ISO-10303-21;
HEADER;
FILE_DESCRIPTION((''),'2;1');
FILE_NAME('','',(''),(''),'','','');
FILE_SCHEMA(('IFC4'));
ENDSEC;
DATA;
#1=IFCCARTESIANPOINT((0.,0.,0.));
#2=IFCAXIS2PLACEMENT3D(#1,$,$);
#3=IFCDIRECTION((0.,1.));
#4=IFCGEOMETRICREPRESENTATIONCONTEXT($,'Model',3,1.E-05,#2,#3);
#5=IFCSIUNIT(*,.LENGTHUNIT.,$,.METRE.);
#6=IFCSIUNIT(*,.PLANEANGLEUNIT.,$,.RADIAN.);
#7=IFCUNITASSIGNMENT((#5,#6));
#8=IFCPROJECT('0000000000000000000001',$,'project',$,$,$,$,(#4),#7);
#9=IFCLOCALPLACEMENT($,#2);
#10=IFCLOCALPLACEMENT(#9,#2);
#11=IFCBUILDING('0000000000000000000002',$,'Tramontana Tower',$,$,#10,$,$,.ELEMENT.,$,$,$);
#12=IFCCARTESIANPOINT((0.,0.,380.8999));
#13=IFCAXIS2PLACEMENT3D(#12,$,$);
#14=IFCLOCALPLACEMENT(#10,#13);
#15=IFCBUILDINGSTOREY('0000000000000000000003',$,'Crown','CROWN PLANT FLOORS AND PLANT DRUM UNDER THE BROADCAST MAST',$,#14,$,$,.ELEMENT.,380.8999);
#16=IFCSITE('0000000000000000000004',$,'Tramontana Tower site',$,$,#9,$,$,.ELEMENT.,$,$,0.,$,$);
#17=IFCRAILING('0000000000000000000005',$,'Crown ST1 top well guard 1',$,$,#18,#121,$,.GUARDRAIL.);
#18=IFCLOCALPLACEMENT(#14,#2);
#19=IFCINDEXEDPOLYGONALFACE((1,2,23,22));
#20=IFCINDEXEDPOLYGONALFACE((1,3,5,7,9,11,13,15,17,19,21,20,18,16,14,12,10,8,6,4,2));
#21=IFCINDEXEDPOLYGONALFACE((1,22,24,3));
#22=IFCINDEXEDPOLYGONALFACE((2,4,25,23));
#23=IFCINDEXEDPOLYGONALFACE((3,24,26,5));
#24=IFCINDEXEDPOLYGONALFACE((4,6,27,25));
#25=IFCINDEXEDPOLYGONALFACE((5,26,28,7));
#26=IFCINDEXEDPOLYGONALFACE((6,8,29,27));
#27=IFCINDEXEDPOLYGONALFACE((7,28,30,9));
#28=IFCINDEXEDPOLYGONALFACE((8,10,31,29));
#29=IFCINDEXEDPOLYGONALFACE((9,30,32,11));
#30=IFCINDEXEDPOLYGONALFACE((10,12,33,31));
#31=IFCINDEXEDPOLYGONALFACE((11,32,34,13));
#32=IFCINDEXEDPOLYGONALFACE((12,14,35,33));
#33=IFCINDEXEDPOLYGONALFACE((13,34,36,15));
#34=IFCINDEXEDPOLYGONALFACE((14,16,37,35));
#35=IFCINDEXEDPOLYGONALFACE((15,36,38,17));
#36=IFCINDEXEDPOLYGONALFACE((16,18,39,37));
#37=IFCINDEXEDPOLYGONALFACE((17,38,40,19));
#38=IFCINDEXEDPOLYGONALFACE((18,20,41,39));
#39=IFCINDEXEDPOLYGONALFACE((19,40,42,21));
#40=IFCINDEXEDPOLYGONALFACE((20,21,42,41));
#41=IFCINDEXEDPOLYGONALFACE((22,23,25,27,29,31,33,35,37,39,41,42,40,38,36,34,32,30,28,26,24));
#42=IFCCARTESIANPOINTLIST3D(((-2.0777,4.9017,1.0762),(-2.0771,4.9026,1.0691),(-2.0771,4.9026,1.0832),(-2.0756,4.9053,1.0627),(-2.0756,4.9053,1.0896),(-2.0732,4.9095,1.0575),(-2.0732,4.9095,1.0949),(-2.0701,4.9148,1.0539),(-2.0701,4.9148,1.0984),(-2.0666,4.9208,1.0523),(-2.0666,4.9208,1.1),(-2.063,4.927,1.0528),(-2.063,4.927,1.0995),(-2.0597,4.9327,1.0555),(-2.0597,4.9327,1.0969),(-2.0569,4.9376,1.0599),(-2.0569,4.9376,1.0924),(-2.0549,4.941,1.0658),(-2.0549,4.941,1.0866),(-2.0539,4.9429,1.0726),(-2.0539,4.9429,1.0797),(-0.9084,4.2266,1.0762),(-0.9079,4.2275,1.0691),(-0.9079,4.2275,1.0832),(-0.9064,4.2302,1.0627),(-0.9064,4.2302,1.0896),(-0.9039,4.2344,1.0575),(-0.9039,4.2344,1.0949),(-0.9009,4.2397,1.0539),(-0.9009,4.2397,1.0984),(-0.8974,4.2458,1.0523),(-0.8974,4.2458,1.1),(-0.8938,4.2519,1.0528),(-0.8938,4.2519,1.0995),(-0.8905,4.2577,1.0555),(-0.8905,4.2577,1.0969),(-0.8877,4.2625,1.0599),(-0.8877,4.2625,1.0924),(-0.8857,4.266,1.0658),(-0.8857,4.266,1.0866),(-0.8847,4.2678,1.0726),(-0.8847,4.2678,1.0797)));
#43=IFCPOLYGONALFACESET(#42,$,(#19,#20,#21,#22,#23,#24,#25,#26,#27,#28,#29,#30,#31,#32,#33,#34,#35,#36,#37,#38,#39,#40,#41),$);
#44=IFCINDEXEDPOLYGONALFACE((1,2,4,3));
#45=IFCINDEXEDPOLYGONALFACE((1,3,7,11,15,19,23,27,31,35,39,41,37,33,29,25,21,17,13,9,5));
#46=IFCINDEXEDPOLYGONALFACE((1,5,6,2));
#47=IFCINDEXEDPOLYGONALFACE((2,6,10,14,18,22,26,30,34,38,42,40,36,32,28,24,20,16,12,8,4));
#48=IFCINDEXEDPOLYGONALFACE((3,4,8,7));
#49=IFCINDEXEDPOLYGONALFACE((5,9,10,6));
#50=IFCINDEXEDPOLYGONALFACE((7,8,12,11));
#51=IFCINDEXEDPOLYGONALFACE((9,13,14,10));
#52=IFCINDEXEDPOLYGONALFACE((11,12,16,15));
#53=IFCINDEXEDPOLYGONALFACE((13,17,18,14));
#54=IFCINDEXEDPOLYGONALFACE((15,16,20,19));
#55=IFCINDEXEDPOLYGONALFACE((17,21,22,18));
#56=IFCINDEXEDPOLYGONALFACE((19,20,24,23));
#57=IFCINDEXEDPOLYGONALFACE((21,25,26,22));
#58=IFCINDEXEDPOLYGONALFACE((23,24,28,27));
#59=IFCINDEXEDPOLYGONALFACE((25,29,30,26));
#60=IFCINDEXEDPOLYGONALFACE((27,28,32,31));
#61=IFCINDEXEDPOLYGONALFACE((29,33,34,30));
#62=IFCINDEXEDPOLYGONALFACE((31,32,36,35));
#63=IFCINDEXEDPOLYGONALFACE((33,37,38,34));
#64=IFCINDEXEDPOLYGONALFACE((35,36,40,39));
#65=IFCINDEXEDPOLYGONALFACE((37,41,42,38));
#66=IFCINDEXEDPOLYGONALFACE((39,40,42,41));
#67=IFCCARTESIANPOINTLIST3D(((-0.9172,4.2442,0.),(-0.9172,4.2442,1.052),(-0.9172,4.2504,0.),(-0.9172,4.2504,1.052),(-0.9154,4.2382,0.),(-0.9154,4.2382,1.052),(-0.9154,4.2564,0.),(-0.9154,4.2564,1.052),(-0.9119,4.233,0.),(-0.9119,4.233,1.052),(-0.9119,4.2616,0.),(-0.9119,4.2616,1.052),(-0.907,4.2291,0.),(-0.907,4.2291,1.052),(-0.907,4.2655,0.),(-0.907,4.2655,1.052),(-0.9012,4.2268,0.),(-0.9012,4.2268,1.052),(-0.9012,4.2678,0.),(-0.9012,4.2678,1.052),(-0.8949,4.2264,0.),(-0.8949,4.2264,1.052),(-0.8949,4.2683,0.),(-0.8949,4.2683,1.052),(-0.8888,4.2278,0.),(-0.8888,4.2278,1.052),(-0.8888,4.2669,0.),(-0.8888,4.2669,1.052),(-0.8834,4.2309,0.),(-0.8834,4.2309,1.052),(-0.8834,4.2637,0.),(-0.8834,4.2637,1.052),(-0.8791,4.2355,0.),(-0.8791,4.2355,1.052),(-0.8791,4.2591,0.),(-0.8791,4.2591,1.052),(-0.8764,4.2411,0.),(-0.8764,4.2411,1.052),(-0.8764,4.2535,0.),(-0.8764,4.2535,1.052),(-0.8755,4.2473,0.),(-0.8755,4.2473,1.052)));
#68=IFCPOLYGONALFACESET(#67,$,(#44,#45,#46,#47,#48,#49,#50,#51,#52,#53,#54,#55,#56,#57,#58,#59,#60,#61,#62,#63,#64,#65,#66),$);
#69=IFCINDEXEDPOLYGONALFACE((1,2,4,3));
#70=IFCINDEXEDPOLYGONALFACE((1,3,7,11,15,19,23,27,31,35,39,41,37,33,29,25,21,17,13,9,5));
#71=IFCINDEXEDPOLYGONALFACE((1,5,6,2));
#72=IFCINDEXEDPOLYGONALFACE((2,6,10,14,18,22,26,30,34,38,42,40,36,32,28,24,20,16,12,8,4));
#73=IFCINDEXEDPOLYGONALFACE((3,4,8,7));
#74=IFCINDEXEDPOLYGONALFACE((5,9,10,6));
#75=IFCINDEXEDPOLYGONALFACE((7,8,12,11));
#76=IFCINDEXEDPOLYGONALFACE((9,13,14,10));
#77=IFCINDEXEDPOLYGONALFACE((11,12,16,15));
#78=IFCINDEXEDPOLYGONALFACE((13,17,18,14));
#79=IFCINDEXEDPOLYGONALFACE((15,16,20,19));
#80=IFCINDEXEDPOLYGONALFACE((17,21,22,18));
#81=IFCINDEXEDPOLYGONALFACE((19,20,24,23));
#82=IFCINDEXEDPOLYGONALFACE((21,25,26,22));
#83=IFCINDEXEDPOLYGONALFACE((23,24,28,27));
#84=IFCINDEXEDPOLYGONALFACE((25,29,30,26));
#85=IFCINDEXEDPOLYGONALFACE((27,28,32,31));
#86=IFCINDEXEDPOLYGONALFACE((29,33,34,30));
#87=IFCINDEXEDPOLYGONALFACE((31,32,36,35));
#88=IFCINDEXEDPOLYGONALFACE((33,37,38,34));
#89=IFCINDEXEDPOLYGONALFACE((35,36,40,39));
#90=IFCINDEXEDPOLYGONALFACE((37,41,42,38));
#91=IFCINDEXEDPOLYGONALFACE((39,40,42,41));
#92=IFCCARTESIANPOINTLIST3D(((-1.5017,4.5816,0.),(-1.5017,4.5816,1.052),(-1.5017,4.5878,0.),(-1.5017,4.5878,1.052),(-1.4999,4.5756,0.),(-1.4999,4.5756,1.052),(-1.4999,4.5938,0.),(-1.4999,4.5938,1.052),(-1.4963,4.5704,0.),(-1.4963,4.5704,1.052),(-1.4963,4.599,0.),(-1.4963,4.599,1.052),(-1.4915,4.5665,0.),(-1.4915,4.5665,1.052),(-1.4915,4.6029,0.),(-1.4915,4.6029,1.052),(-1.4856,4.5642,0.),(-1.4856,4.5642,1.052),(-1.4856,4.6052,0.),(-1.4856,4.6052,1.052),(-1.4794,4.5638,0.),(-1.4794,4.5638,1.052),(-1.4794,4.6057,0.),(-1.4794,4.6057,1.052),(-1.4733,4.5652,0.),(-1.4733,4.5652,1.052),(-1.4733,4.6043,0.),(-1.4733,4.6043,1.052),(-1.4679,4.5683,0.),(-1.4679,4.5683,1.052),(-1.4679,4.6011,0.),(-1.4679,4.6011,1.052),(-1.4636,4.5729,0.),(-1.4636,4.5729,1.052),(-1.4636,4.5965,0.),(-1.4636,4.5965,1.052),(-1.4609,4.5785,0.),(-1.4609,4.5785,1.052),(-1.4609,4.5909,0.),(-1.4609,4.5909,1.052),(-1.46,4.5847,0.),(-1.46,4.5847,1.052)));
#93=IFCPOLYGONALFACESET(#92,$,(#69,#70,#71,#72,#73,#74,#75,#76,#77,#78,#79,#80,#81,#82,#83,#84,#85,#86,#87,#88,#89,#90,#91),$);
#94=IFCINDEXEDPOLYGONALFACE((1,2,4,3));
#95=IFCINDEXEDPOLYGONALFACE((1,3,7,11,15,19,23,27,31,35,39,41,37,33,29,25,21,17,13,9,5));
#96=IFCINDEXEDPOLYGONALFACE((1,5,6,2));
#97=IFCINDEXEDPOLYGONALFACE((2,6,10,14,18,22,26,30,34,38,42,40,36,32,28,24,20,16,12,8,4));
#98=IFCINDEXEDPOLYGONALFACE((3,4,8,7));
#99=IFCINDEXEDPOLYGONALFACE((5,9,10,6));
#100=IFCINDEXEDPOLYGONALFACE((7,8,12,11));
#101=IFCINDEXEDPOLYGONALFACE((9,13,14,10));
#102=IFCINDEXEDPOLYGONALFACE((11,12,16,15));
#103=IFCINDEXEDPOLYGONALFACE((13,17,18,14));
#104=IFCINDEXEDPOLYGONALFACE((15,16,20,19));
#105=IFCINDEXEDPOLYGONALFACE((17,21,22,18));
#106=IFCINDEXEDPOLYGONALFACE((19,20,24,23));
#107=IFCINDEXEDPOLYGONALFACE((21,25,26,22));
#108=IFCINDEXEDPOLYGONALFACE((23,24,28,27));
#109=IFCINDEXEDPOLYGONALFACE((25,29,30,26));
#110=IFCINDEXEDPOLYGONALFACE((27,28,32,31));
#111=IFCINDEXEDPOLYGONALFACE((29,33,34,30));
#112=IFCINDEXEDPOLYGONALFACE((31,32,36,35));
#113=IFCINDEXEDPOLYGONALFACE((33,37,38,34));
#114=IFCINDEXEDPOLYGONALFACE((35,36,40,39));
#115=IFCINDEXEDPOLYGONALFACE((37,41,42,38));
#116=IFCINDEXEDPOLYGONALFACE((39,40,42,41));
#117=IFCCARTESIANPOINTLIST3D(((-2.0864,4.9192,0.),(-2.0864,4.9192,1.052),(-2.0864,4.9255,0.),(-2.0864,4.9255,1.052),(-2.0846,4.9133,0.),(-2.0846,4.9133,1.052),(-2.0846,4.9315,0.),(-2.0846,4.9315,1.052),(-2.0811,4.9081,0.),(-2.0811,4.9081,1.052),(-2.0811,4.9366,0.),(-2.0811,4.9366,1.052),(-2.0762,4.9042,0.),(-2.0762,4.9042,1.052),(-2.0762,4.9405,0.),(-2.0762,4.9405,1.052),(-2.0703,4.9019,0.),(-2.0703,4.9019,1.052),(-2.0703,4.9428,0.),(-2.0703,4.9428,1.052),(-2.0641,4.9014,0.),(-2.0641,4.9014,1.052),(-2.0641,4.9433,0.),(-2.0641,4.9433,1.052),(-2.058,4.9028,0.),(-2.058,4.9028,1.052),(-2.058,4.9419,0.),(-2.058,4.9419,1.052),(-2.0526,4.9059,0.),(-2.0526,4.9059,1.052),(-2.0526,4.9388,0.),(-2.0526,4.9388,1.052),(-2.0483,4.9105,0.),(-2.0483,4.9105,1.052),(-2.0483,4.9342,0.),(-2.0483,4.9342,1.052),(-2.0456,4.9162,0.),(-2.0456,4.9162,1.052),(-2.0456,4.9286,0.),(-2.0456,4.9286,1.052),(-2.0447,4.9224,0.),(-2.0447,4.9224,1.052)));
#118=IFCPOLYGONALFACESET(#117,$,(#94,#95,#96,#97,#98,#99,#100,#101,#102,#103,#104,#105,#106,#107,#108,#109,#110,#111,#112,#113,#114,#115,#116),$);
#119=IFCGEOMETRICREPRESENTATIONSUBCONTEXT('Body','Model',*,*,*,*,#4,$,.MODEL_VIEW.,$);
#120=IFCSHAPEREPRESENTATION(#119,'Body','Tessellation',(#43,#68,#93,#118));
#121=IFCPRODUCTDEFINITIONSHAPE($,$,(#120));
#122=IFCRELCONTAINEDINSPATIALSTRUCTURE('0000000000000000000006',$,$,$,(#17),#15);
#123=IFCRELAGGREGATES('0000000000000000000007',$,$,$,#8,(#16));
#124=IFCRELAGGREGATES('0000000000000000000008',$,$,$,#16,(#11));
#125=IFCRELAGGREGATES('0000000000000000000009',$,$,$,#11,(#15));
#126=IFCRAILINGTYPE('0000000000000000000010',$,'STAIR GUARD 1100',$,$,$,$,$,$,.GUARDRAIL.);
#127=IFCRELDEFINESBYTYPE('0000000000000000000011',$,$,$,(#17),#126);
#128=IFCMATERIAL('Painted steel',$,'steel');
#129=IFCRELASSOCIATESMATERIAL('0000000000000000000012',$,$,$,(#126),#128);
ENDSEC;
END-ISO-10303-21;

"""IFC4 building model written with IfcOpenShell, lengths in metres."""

from ifc_helpers import new_model, si_unit, direction, frame, origin, origin_2d, place, context, subcontext, project, spatial, circle, extrude, material, type_object, element, save


model = new_model("IFC4")

# Units and contexts
model_context = context("Model", 3, precision=1e-05, world=origin(), true_north=direction((0.0, 1.0)))
body_context = subcontext(model_context, "Body", "Model", "MODEL_VIEW")
ifc_project = project(units=[si_unit("LENGTHUNIT", "METRE"), si_unit("PLANEANGLEUNIT", "RADIAN")], contexts=[model_context])

# Site, building, storey
site_placement = place(None, origin())
site = spatial("IfcSite", under=ifc_project, at=site_placement, Name="Tramontana Tower site", CompositionType="ELEMENT", RefElevation=0.0)
building_placement = place(site_placement, origin())
building = spatial("IfcBuilding", under=site, at=building_placement, Name="Tramontana Tower", CompositionType="ELEMENT")
storey_placement = place(building_placement, frame((0.0, 0.0, 380.8999)))
storey = spatial("IfcBuildingStorey", under=building, at=storey_placement, Name="Crown", Description="CROWN PLANT FLOORS AND PLANT DRUM UNDER THE BROADCAST MAST", CompositionType="ELEMENT", Elevation=380.8999)

# Railing
ifc_material_1 = material(Name="Painted steel", Category="steel")
railing_type = type_object("IfcRailingType", Name="STAIR GUARD 1100", PredefinedType="GUARDRAIL", material=ifc_material_1)
railing_placement = place(storey_placement, frame((-0.8965, 4.2473, 0.0)))
element("IfcRailing", 1, at=railing_placement, inside=storey, type_object=railing_type, Name="Crown ST1 top well guard 1", PredefinedType="GUARDRAIL", context=body_context, shape_type="SweptSolid", body=[
    extrude(circle(Radius=0.0239, at=origin_2d()), frame((0.0, 0.0, 1.0762), z_axis=(-0.86602, 0.500009, 0.0), x_axis=(-0.500009, -0.86602, 0.0)), (0.0, 0.0, 1.0), 1.3501),
    extrude(circle(Radius=0.021, at=origin_2d()), origin(), (0.0, 0.0, 1.0), 1.052),
    extrude(circle(Radius=0.021, at=origin_2d()), frame((-0.5845, 0.3374, 0.0)), (0.0, 0.0, 1.0), 1.052),
    extrude(circle(Radius=0.021, at=origin_2d()), frame((-1.1692, 0.675, 0.0)), (0.0, 0.0, 1.0), 1.052),
])

save(model, "model.ifc")
